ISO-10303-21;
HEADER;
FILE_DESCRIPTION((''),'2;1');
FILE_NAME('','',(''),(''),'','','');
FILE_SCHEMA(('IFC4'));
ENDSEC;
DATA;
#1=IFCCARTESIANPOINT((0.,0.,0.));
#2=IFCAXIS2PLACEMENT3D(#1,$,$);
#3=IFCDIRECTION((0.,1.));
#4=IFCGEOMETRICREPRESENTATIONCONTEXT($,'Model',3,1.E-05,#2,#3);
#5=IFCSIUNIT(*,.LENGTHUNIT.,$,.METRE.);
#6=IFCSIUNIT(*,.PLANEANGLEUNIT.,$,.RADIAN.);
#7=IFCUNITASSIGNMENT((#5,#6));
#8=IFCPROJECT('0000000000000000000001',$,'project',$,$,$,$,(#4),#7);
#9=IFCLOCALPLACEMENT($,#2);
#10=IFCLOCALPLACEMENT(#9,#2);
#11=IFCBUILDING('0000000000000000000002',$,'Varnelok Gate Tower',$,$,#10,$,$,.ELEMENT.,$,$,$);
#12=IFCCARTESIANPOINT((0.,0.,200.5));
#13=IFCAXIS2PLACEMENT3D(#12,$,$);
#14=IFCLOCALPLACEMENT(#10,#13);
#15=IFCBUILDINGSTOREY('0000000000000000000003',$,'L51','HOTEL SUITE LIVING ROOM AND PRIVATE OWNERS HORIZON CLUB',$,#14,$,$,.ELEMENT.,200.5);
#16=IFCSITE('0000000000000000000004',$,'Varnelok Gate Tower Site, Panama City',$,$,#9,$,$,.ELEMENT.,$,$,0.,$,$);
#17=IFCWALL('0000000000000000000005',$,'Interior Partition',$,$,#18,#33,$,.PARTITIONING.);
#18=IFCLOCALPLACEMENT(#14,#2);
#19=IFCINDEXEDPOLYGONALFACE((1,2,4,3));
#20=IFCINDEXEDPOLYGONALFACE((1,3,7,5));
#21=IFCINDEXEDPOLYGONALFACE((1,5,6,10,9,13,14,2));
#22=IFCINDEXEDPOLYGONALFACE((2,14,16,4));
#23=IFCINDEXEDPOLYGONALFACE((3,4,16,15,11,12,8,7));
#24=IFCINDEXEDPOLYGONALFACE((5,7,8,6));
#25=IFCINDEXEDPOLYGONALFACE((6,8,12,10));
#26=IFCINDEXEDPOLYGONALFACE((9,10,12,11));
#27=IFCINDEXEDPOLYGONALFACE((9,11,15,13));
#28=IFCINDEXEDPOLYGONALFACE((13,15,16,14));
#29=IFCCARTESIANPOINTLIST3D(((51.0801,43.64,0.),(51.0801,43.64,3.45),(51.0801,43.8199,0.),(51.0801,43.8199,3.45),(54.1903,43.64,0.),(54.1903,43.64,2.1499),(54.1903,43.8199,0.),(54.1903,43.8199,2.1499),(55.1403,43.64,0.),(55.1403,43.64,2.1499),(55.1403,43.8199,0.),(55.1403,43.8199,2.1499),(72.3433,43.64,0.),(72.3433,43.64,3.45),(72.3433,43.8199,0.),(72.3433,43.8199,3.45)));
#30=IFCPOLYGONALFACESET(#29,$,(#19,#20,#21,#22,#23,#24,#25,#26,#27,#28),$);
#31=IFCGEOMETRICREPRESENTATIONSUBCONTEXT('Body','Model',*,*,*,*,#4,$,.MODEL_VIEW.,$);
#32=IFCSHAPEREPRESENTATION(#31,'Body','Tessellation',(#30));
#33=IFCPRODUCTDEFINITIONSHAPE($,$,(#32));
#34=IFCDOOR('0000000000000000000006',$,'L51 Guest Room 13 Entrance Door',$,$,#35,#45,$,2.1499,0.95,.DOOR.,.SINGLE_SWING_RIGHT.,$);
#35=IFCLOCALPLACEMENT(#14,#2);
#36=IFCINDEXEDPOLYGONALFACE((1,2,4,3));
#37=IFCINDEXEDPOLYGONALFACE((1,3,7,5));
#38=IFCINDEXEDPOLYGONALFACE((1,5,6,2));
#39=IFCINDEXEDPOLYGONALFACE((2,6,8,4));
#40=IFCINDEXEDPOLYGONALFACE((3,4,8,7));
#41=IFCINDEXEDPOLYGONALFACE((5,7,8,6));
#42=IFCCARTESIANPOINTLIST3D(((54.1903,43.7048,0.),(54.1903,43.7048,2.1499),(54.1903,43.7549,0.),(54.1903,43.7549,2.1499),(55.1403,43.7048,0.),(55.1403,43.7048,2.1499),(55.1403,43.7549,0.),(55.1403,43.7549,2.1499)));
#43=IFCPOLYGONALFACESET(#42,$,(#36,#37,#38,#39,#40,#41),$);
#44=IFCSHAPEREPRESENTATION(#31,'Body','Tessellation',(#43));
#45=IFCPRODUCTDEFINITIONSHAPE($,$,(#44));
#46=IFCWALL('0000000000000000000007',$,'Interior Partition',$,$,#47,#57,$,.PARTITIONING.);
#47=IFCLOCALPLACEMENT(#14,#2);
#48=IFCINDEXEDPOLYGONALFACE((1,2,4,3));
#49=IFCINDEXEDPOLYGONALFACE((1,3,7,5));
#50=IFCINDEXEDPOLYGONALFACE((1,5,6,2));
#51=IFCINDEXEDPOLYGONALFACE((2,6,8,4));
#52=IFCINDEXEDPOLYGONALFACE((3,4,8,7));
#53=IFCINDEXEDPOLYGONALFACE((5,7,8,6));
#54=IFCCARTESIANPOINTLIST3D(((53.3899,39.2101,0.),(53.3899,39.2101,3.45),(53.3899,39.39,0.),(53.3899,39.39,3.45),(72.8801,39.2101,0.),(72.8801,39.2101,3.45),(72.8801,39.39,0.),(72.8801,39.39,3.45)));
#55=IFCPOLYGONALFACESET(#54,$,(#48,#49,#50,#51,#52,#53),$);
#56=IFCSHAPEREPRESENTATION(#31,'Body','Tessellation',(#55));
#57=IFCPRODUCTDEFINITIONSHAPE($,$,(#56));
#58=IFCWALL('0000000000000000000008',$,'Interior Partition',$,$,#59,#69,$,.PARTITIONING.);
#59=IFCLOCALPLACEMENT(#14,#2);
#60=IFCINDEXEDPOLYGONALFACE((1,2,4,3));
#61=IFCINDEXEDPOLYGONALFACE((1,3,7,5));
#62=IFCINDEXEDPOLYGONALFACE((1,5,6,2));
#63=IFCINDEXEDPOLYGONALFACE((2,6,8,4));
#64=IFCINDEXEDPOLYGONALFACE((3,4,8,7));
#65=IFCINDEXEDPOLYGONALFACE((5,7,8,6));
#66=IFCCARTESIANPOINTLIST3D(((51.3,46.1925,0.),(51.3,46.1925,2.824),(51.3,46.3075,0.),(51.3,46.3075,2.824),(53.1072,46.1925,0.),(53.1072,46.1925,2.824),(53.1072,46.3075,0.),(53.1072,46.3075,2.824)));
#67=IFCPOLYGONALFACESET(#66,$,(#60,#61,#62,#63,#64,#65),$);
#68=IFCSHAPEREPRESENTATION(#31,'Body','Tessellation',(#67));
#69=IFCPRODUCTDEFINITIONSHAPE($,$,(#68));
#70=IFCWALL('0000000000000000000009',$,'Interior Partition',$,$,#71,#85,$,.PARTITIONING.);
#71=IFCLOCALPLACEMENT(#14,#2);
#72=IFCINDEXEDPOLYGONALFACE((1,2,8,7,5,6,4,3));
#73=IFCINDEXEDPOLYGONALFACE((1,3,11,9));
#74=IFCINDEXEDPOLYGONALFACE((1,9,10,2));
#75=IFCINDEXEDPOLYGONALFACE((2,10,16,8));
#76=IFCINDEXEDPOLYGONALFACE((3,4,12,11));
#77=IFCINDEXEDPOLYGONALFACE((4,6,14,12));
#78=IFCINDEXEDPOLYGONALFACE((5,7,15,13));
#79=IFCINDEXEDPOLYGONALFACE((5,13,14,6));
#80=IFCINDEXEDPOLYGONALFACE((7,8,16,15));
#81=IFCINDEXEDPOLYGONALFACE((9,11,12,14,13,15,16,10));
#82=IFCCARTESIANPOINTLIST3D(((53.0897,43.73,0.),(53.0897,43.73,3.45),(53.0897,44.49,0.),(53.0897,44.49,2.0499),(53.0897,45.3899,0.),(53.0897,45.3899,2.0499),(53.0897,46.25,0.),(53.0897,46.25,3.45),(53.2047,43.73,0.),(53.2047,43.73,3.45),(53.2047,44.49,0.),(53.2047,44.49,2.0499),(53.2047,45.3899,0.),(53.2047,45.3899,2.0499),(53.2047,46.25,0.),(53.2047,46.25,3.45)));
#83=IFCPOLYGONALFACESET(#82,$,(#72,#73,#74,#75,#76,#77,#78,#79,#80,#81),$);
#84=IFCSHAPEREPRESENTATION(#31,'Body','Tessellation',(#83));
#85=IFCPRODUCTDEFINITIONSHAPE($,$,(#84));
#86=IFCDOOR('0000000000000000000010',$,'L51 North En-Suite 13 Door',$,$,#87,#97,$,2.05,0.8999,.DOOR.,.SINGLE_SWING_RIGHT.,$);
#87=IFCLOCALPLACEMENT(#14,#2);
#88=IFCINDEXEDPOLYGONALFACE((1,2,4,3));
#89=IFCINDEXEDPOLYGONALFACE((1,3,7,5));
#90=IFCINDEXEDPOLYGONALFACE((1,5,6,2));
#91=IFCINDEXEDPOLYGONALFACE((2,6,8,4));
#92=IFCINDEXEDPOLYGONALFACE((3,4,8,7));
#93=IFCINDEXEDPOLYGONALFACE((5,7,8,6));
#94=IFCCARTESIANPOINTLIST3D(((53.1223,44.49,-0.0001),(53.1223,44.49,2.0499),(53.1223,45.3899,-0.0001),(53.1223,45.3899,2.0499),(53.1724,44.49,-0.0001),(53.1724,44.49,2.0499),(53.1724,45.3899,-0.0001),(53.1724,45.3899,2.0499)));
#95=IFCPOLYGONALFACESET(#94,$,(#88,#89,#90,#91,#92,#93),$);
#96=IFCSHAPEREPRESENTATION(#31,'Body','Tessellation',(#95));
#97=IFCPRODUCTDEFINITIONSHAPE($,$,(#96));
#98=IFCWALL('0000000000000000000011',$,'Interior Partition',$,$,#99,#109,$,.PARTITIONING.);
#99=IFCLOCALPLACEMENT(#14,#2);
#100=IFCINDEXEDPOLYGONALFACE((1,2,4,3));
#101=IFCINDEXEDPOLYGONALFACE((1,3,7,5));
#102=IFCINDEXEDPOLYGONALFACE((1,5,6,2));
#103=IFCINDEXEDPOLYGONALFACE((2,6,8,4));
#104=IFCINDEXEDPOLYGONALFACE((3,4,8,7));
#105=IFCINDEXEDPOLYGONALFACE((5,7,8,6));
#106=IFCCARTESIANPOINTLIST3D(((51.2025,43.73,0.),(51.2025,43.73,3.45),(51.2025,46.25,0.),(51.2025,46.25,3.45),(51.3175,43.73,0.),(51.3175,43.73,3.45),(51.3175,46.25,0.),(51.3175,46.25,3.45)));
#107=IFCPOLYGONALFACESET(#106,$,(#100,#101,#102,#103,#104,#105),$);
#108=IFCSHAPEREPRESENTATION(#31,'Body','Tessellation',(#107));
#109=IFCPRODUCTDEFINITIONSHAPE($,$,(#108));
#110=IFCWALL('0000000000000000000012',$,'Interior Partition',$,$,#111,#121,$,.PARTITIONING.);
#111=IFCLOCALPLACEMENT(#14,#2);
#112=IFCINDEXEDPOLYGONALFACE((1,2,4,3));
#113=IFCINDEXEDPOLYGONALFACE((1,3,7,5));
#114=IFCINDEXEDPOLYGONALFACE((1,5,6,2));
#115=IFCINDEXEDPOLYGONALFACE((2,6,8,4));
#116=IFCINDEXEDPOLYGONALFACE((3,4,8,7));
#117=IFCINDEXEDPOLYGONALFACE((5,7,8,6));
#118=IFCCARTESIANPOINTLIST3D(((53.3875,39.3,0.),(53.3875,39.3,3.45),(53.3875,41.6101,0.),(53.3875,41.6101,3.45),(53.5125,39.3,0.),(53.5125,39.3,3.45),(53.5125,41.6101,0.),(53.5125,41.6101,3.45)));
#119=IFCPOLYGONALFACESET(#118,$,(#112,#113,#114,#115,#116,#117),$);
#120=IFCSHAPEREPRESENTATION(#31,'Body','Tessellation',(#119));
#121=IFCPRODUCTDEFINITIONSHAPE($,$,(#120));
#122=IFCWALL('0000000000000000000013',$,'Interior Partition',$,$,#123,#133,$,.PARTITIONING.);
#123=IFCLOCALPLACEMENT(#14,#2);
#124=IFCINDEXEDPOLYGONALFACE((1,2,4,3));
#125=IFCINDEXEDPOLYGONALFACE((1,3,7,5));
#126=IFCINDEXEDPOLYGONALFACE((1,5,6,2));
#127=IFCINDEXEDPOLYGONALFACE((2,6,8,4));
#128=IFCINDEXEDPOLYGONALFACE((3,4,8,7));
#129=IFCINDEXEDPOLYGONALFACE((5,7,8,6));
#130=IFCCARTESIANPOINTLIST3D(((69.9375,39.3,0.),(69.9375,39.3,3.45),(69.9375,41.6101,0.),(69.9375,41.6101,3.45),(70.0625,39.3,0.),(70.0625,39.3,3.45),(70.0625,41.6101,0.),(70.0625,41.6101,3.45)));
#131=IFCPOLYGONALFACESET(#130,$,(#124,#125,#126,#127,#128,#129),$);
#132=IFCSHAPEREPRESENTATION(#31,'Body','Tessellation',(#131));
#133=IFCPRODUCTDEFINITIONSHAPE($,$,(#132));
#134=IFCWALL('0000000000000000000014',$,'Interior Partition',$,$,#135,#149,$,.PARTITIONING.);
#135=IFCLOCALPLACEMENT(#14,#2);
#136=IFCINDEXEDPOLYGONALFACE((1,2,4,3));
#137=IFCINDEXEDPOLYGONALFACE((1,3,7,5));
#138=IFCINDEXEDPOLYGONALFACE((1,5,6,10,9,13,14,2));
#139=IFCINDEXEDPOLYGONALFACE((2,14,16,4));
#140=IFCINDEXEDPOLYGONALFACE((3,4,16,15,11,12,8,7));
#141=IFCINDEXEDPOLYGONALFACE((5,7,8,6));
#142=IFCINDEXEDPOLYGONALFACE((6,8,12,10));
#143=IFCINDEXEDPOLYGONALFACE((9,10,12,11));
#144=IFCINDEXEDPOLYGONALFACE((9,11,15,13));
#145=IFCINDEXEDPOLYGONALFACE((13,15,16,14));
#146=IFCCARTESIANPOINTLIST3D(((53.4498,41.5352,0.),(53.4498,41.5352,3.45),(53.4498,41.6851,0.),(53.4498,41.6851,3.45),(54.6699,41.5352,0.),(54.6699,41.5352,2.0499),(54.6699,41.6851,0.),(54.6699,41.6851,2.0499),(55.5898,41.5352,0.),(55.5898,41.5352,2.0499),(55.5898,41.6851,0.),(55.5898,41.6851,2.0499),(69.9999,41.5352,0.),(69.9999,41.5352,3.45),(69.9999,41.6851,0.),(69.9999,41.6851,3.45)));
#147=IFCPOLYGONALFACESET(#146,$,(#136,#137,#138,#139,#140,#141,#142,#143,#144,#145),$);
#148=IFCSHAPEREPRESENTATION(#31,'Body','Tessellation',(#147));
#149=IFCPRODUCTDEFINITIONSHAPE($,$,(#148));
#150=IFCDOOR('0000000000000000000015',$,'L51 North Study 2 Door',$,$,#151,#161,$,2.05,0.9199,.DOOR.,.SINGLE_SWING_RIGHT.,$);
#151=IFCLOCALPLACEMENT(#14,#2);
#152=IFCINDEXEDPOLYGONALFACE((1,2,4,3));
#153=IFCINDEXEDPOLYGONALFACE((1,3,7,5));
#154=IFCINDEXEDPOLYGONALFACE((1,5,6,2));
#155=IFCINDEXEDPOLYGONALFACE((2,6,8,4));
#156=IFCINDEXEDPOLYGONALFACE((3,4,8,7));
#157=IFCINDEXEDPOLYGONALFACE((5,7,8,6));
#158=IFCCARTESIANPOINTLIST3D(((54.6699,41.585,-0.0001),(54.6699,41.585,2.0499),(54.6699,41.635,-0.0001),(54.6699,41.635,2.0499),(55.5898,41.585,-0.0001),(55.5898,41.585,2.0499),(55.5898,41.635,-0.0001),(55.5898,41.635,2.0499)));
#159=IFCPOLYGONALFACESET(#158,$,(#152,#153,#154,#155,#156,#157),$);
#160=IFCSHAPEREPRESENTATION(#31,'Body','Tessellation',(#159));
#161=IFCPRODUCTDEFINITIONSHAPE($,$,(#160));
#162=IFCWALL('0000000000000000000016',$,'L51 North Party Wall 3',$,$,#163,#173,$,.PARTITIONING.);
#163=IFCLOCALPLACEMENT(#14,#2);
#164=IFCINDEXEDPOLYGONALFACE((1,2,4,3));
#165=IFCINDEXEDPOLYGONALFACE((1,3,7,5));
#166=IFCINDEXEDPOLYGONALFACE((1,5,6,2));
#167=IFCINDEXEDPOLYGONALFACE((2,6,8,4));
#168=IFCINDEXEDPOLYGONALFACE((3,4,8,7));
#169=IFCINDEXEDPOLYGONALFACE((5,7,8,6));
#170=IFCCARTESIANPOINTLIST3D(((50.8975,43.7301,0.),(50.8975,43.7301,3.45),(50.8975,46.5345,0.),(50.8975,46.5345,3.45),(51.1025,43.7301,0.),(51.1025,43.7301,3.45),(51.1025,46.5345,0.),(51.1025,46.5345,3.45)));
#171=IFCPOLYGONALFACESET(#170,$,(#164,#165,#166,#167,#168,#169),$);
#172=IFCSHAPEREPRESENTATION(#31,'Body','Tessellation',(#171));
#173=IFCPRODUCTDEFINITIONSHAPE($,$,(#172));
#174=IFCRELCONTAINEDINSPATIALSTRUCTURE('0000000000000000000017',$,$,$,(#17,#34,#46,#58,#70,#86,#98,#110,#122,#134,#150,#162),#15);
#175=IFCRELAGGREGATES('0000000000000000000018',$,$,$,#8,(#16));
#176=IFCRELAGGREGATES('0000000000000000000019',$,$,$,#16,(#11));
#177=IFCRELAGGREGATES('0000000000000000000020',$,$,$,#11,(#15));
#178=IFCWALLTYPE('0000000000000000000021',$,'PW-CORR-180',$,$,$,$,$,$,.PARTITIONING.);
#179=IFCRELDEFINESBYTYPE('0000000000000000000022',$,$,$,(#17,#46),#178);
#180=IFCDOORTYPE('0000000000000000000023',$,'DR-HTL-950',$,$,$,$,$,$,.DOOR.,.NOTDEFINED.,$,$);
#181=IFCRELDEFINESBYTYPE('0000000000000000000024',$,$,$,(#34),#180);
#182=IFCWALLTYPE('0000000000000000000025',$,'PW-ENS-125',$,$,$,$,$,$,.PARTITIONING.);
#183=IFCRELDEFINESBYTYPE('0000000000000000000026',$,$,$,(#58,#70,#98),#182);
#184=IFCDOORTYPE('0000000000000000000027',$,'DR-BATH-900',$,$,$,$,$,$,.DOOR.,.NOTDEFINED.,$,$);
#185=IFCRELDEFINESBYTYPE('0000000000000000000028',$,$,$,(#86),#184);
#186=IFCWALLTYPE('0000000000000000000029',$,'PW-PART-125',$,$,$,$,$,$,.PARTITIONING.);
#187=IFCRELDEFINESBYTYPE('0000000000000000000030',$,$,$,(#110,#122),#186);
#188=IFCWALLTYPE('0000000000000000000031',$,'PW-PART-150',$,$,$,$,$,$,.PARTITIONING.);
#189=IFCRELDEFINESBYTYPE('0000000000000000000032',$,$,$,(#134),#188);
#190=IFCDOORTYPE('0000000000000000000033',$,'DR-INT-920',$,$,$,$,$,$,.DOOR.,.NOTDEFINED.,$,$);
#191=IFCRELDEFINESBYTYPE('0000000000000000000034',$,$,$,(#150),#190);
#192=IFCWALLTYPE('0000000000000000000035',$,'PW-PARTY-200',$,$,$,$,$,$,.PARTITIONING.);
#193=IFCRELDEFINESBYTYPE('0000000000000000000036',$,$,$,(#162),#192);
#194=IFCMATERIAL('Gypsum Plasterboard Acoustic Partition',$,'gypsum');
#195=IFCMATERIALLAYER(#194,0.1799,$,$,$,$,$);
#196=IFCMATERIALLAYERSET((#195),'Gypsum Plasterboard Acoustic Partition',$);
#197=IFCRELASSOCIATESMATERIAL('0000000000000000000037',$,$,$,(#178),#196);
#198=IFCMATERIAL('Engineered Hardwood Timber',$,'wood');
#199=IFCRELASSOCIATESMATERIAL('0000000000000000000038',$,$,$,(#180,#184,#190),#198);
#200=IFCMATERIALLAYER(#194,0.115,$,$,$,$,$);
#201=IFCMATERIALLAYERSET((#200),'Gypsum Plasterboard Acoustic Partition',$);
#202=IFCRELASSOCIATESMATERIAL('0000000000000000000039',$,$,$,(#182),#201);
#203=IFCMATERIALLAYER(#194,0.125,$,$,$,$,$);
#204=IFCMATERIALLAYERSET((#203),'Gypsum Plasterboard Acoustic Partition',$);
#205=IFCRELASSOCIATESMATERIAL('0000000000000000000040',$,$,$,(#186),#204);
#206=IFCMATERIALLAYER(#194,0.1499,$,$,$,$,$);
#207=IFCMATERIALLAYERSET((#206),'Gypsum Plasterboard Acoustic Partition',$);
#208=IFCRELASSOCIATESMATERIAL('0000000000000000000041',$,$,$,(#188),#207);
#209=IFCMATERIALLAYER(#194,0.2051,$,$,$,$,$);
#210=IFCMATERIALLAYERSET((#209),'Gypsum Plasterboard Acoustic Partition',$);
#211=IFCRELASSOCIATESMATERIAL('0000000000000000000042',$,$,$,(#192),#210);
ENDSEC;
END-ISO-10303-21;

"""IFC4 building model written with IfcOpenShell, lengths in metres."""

from ifc_helpers import new_model, si_unit, direction, frame, frame_2d, origin, place, context, subcontext, project, spatial, rectangle, extrude, material, layer, layer_set, type_object, element, fill, save


model = new_model("IFC4")

# Units and contexts
model_context = context("Model", 3, precision=1e-05, world=origin(), true_north=direction((0.0, 1.0)))
body_context = subcontext(model_context, "Body", "Model", "MODEL_VIEW")
ifc_project = project(units=[si_unit("LENGTHUNIT", "METRE"), si_unit("PLANEANGLEUNIT", "RADIAN")], contexts=[model_context])

# Site, building, storey
site_placement = place(None, origin())
site = spatial("IfcSite", under=ifc_project, at=site_placement, Name="Varnelok Gate Tower Site, Panama City", CompositionType="ELEMENT", RefElevation=0.0)
building_placement = place(site_placement, origin())
building = spatial("IfcBuilding", under=site, at=building_placement, Name="Varnelok Gate Tower", CompositionType="ELEMENT")
storey_placement = place(building_placement, frame((0.0, 0.0, 200.5)))
storey = spatial("IfcBuildingStorey", under=building, at=storey_placement, Name="L51", Description="HOTEL SUITE LIVING ROOM AND PRIVATE OWNERS HORIZON CLUB", CompositionType="ELEMENT", Elevation=200.5)

# Wall, opening, door
ifc_material_1 = material(Name="Gypsum Plasterboard Acoustic Partition", Category="gypsum")
ifc_layer_1 = layer(ifc_material_1, 0.1799)
ifc_layer_set_1 = layer_set([ifc_layer_1], Name="Gypsum Plasterboard Acoustic Partition")
wall_type_1 = type_object("IfcWallType", Name="PW-CORR-180", PredefinedType="PARTITIONING", material=ifc_layer_set_1)
wall_1_placement = place(storey_placement, frame((51.0801, 43.73, 0.0), z_axis=(0.0, 0.0, 1.0), x_axis=(1.0, 0.0, 0.0)))
wall_1 = element("IfcWall", 1, at=wall_1_placement, inside=storey, type_object=wall_type_1, Name="Interior Partition", PredefinedType="PARTITIONING", context=body_context, shape_type="SweptSolid", body=[
    extrude(rectangle(XDim=21.2632, YDim=0.1799, at=frame_2d((10.6316, 0.0))), origin(), (0.0, 0.0, 1.0), 3.45),
])
opening_1_placement = place(wall_1_placement, frame((3.1101, 0.0, 0.0)))
opening_1 = element("IfcOpeningElement", 2, at=opening_1_placement, cuts=wall_1, PredefinedType="OPENING", context=body_context, shape_type="SweptSolid", body=[
    extrude(rectangle(XDim=0.95, YDim=2.1499, at=frame_2d((0.4751, 1.075))), frame((0.0, 0.0999, 0.0), z_axis=(0.0, -1.0, 0.0), x_axis=(1.0, 0.0, 0.0)), (0.0, 0.0, 1.0), 0.2),
])
ifc_material_2 = material(Name="Engineered Hardwood Timber", Category="wood")
door_type_1 = type_object("IfcDoorType", Name="DR-HTL-950", OperationType="NOTDEFINED", PredefinedType="DOOR", material=ifc_material_2)
door_1_placement = place(opening_1_placement, origin())
door_1 = element("IfcDoor", 3, at=door_1_placement, inside=storey, type_object=door_type_1, Name="L51 Guest Room 13 Entrance Door", OperationType="SINGLE_SWING_RIGHT", OverallHeight=2.1499, OverallWidth=0.95, PredefinedType="DOOR", context=body_context, shape_type="SweptSolid", body=[
    extrude(rectangle(XDim=0.95, YDim=2.1499, at=frame_2d((0.4751, 1.075))), frame((0.0, 0.0249, 0.0), z_axis=(0.0, -1.0, 0.0), x_axis=(1.0, 0.0, 0.0)), (0.0, 0.0, 1.0), 0.05),
])
fill(opening_1, door_1)

# Walls
wall_2_placement = place(storey_placement, frame((53.3899, 39.3, 0.0), z_axis=(0.0, 0.0, 1.0), x_axis=(1.0, 0.0, 0.0)))
element("IfcWall", 4, at=wall_2_placement, inside=storey, type_object=wall_type_1, Name="Interior Partition", PredefinedType="PARTITIONING", context=body_context, shape_type="SweptSolid", body=[
    extrude(rectangle(XDim=19.4902, YDim=0.1799, at=frame_2d((9.7451, 0.0))), origin(), (0.0, 0.0, 1.0), 3.45),
])
ifc_layer_2 = layer(ifc_material_1, 0.115)
ifc_layer_set_2 = layer_set([ifc_layer_2], Name="Gypsum Plasterboard Acoustic Partition")
wall_type_2 = type_object("IfcWallType", Name="PW-ENS-125", PredefinedType="PARTITIONING", material=ifc_layer_set_2)
wall_3_placement = place(storey_placement, frame((51.3, 46.25, 0.0), z_axis=(0.0, 0.0, 1.0), x_axis=(1.0, 0.0, 0.0)))
element("IfcWall", 5, at=wall_3_placement, inside=storey, type_object=wall_type_2, Name="Interior Partition", PredefinedType="PARTITIONING", context=body_context, shape_type="SweptSolid", body=[
    extrude(rectangle(XDim=1.8071, YDim=0.115, at=frame_2d((0.9036, 0.0))), origin(), (0.0, 0.0, 1.0), 2.824),
])

# Wall, opening, door
wall_4_placement = place(storey_placement, frame((53.1472, 43.73, 0.0), z_axis=(0.0, 0.0, 1.0), x_axis=(0.0, 1.0, 0.0)))
wall_4 = element("IfcWall", 6, at=wall_4_placement, inside=storey, type_object=wall_type_2, Name="Interior Partition", PredefinedType="PARTITIONING", context=body_context, shape_type="SweptSolid", body=[
    extrude(rectangle(XDim=2.52, YDim=0.115, at=frame_2d((1.26, 0.0))), origin(), (0.0, 0.0, 1.0), 3.45),
])
opening_2_placement = place(wall_4_placement, frame((0.76, 0.0, 0.0)))
opening_2 = element("IfcOpeningElement", 7, at=opening_2_placement, cuts=wall_4, PredefinedType="OPENING", context=body_context, shape_type="SweptSolid", body=[
    extrude(rectangle(XDim=0.8999, YDim=2.05, at=frame_2d((0.45, 1.0249))), frame((0.0, 0.0674, 0.0), z_axis=(0.0, -1.0, 0.0), x_axis=(1.0, 0.0, 0.0)), (0.0, 0.0, 1.0), 0.135),
])
door_type_2 = type_object("IfcDoorType", Name="DR-BATH-900", OperationType="NOTDEFINED", PredefinedType="DOOR", material=ifc_material_2)
door_2_placement = place(opening_2_placement, origin())
door_2 = element("IfcDoor", 8, at=door_2_placement, inside=storey, type_object=door_type_2, Name="L51 North En-Suite 13 Door", OperationType="SINGLE_SWING_RIGHT", OverallHeight=2.05, OverallWidth=0.8999, PredefinedType="DOOR", context=body_context, shape_type="SweptSolid", body=[
    extrude(rectangle(XDim=0.8999, YDim=2.05, at=frame_2d((0.45, 1.0249))), frame((0.0, 0.0249, 0.0), z_axis=(0.0, -1.0, 0.0), x_axis=(1.0, 0.0, 0.0)), (0.0, 0.0, 1.0), 0.05),
])
fill(opening_2, door_2)

# Walls
wall_5_placement = place(storey_placement, frame((51.26, 43.73, 0.0), z_axis=(0.0, 0.0, 1.0), x_axis=(0.0, 1.0, 0.0)))
element("IfcWall", 9, at=wall_5_placement, inside=storey, type_object=wall_type_2, Name="Interior Partition", PredefinedType="PARTITIONING", context=body_context, shape_type="SweptSolid", body=[
    extrude(rectangle(XDim=2.52, YDim=0.115, at=frame_2d((1.26, 0.0))), origin(), (0.0, 0.0, 1.0), 3.45),
])
ifc_layer_3 = layer(ifc_material_1, 0.125)
ifc_layer_set_3 = layer_set([ifc_layer_3], Name="Gypsum Plasterboard Acoustic Partition")
wall_type_3 = type_object("IfcWallType", Name="PW-PART-125", PredefinedType="PARTITIONING", material=ifc_layer_set_3)
for number, where, z_axis, x_axis, name in (
    (10, (53.45, 39.3, 0.0), (0.0, 0.0, 1.0), (0.0, 1.0, 0.0), "Interior Partition"),
    (11, (70.0, 39.3, 0.0), (0.0, 0.0, 1.0), (0.0, 1.0, 0.0), "Interior Partition"),
):
    element("IfcWall", number, at=place(storey_placement, frame(where, z_axis=z_axis, x_axis=x_axis)), inside=storey, type_object=wall_type_3, Name=name, PredefinedType="PARTITIONING", context=body_context, shape_type="SweptSolid", body=[
        extrude(rectangle(XDim=2.3101, YDim=0.125, at=frame_2d((1.155, 0.0))), origin(), (0.0, 0.0, 1.0), 3.45),
    ])

# Wall, opening, door
ifc_layer_4 = layer(ifc_material_1, 0.1499)
ifc_layer_set_4 = layer_set([ifc_layer_4], Name="Gypsum Plasterboard Acoustic Partition")
wall_type_4 = type_object("IfcWallType", Name="PW-PART-150", PredefinedType="PARTITIONING", material=ifc_layer_set_4)
wall_6_placement = place(storey_placement, frame((53.45, 41.6101, 0.0), z_axis=(0.0, 0.0, 1.0), x_axis=(1.0, 0.0, 0.0)))
wall_6 = element("IfcWall", 12, at=wall_6_placement, inside=storey, type_object=wall_type_4, Name="Interior Partition", PredefinedType="PARTITIONING", context=body_context, shape_type="SweptSolid", body=[
    extrude(rectangle(XDim=16.55, YDim=0.1499, at=frame_2d((8.2749, 0.0))), origin(), (0.0, 0.0, 1.0), 3.45),
])
opening_3_placement = place(wall_6_placement, frame((1.22, 0.0, 0.0)))
opening_3 = element("IfcOpeningElement", 13, at=opening_3_placement, cuts=wall_6, PredefinedType="OPENING", context=body_context, shape_type="SweptSolid", body=[
    extrude(rectangle(XDim=0.9199, YDim=2.05, at=frame_2d((0.46, 1.0249))), frame((0.0, 0.085, 0.0), z_axis=(0.0, -1.0, 0.0), x_axis=(1.0, 0.0, 0.0)), (0.0, 0.0, 1.0), 0.1699),
])
door_type_3 = type_object("IfcDoorType", Name="DR-INT-920", OperationType="NOTDEFINED", PredefinedType="DOOR", material=ifc_material_2)
door_3_placement = place(opening_3_placement, origin())
door_3 = element("IfcDoor", 14, at=door_3_placement, inside=storey, type_object=door_type_3, Name="L51 North Study 2 Door", OperationType="SINGLE_SWING_RIGHT", OverallHeight=2.05, OverallWidth=0.9199, PredefinedType="DOOR", context=body_context, shape_type="SweptSolid", body=[
    extrude(rectangle(XDim=0.9199, YDim=2.05, at=frame_2d((0.46, 1.0249))), frame((0.0, 0.0249, 0.0), z_axis=(0.0, -1.0, 0.0), x_axis=(1.0, 0.0, 0.0)), (0.0, 0.0, 1.0), 0.05),
])
fill(opening_3, door_3)

# Wall
ifc_layer_5 = layer(ifc_material_1, 0.2051)
ifc_layer_set_5 = layer_set([ifc_layer_5], Name="Gypsum Plasterboard Acoustic Partition")
wall_type_5 = type_object("IfcWallType", Name="PW-PARTY-200", PredefinedType="PARTITIONING", material=ifc_layer_set_5)
wall_7_placement = place(storey_placement, frame((51.0, 43.73, 0.0), z_axis=(0.0, 0.0, 1.0), x_axis=(0.0, 1.0, 0.0)))
element("IfcWall", 15, at=wall_7_placement, inside=storey, type_object=wall_type_5, Name="L51 North Party Wall 3", PredefinedType="PARTITIONING", context=body_context, shape_type="SweptSolid", body=[
    extrude(rectangle(XDim=2.8044, YDim=0.2051, at=frame_2d((1.4023, 0.0))), origin(), (0.0, 0.0, 1.0), 3.45),
])

save(model, "model.ifc")
